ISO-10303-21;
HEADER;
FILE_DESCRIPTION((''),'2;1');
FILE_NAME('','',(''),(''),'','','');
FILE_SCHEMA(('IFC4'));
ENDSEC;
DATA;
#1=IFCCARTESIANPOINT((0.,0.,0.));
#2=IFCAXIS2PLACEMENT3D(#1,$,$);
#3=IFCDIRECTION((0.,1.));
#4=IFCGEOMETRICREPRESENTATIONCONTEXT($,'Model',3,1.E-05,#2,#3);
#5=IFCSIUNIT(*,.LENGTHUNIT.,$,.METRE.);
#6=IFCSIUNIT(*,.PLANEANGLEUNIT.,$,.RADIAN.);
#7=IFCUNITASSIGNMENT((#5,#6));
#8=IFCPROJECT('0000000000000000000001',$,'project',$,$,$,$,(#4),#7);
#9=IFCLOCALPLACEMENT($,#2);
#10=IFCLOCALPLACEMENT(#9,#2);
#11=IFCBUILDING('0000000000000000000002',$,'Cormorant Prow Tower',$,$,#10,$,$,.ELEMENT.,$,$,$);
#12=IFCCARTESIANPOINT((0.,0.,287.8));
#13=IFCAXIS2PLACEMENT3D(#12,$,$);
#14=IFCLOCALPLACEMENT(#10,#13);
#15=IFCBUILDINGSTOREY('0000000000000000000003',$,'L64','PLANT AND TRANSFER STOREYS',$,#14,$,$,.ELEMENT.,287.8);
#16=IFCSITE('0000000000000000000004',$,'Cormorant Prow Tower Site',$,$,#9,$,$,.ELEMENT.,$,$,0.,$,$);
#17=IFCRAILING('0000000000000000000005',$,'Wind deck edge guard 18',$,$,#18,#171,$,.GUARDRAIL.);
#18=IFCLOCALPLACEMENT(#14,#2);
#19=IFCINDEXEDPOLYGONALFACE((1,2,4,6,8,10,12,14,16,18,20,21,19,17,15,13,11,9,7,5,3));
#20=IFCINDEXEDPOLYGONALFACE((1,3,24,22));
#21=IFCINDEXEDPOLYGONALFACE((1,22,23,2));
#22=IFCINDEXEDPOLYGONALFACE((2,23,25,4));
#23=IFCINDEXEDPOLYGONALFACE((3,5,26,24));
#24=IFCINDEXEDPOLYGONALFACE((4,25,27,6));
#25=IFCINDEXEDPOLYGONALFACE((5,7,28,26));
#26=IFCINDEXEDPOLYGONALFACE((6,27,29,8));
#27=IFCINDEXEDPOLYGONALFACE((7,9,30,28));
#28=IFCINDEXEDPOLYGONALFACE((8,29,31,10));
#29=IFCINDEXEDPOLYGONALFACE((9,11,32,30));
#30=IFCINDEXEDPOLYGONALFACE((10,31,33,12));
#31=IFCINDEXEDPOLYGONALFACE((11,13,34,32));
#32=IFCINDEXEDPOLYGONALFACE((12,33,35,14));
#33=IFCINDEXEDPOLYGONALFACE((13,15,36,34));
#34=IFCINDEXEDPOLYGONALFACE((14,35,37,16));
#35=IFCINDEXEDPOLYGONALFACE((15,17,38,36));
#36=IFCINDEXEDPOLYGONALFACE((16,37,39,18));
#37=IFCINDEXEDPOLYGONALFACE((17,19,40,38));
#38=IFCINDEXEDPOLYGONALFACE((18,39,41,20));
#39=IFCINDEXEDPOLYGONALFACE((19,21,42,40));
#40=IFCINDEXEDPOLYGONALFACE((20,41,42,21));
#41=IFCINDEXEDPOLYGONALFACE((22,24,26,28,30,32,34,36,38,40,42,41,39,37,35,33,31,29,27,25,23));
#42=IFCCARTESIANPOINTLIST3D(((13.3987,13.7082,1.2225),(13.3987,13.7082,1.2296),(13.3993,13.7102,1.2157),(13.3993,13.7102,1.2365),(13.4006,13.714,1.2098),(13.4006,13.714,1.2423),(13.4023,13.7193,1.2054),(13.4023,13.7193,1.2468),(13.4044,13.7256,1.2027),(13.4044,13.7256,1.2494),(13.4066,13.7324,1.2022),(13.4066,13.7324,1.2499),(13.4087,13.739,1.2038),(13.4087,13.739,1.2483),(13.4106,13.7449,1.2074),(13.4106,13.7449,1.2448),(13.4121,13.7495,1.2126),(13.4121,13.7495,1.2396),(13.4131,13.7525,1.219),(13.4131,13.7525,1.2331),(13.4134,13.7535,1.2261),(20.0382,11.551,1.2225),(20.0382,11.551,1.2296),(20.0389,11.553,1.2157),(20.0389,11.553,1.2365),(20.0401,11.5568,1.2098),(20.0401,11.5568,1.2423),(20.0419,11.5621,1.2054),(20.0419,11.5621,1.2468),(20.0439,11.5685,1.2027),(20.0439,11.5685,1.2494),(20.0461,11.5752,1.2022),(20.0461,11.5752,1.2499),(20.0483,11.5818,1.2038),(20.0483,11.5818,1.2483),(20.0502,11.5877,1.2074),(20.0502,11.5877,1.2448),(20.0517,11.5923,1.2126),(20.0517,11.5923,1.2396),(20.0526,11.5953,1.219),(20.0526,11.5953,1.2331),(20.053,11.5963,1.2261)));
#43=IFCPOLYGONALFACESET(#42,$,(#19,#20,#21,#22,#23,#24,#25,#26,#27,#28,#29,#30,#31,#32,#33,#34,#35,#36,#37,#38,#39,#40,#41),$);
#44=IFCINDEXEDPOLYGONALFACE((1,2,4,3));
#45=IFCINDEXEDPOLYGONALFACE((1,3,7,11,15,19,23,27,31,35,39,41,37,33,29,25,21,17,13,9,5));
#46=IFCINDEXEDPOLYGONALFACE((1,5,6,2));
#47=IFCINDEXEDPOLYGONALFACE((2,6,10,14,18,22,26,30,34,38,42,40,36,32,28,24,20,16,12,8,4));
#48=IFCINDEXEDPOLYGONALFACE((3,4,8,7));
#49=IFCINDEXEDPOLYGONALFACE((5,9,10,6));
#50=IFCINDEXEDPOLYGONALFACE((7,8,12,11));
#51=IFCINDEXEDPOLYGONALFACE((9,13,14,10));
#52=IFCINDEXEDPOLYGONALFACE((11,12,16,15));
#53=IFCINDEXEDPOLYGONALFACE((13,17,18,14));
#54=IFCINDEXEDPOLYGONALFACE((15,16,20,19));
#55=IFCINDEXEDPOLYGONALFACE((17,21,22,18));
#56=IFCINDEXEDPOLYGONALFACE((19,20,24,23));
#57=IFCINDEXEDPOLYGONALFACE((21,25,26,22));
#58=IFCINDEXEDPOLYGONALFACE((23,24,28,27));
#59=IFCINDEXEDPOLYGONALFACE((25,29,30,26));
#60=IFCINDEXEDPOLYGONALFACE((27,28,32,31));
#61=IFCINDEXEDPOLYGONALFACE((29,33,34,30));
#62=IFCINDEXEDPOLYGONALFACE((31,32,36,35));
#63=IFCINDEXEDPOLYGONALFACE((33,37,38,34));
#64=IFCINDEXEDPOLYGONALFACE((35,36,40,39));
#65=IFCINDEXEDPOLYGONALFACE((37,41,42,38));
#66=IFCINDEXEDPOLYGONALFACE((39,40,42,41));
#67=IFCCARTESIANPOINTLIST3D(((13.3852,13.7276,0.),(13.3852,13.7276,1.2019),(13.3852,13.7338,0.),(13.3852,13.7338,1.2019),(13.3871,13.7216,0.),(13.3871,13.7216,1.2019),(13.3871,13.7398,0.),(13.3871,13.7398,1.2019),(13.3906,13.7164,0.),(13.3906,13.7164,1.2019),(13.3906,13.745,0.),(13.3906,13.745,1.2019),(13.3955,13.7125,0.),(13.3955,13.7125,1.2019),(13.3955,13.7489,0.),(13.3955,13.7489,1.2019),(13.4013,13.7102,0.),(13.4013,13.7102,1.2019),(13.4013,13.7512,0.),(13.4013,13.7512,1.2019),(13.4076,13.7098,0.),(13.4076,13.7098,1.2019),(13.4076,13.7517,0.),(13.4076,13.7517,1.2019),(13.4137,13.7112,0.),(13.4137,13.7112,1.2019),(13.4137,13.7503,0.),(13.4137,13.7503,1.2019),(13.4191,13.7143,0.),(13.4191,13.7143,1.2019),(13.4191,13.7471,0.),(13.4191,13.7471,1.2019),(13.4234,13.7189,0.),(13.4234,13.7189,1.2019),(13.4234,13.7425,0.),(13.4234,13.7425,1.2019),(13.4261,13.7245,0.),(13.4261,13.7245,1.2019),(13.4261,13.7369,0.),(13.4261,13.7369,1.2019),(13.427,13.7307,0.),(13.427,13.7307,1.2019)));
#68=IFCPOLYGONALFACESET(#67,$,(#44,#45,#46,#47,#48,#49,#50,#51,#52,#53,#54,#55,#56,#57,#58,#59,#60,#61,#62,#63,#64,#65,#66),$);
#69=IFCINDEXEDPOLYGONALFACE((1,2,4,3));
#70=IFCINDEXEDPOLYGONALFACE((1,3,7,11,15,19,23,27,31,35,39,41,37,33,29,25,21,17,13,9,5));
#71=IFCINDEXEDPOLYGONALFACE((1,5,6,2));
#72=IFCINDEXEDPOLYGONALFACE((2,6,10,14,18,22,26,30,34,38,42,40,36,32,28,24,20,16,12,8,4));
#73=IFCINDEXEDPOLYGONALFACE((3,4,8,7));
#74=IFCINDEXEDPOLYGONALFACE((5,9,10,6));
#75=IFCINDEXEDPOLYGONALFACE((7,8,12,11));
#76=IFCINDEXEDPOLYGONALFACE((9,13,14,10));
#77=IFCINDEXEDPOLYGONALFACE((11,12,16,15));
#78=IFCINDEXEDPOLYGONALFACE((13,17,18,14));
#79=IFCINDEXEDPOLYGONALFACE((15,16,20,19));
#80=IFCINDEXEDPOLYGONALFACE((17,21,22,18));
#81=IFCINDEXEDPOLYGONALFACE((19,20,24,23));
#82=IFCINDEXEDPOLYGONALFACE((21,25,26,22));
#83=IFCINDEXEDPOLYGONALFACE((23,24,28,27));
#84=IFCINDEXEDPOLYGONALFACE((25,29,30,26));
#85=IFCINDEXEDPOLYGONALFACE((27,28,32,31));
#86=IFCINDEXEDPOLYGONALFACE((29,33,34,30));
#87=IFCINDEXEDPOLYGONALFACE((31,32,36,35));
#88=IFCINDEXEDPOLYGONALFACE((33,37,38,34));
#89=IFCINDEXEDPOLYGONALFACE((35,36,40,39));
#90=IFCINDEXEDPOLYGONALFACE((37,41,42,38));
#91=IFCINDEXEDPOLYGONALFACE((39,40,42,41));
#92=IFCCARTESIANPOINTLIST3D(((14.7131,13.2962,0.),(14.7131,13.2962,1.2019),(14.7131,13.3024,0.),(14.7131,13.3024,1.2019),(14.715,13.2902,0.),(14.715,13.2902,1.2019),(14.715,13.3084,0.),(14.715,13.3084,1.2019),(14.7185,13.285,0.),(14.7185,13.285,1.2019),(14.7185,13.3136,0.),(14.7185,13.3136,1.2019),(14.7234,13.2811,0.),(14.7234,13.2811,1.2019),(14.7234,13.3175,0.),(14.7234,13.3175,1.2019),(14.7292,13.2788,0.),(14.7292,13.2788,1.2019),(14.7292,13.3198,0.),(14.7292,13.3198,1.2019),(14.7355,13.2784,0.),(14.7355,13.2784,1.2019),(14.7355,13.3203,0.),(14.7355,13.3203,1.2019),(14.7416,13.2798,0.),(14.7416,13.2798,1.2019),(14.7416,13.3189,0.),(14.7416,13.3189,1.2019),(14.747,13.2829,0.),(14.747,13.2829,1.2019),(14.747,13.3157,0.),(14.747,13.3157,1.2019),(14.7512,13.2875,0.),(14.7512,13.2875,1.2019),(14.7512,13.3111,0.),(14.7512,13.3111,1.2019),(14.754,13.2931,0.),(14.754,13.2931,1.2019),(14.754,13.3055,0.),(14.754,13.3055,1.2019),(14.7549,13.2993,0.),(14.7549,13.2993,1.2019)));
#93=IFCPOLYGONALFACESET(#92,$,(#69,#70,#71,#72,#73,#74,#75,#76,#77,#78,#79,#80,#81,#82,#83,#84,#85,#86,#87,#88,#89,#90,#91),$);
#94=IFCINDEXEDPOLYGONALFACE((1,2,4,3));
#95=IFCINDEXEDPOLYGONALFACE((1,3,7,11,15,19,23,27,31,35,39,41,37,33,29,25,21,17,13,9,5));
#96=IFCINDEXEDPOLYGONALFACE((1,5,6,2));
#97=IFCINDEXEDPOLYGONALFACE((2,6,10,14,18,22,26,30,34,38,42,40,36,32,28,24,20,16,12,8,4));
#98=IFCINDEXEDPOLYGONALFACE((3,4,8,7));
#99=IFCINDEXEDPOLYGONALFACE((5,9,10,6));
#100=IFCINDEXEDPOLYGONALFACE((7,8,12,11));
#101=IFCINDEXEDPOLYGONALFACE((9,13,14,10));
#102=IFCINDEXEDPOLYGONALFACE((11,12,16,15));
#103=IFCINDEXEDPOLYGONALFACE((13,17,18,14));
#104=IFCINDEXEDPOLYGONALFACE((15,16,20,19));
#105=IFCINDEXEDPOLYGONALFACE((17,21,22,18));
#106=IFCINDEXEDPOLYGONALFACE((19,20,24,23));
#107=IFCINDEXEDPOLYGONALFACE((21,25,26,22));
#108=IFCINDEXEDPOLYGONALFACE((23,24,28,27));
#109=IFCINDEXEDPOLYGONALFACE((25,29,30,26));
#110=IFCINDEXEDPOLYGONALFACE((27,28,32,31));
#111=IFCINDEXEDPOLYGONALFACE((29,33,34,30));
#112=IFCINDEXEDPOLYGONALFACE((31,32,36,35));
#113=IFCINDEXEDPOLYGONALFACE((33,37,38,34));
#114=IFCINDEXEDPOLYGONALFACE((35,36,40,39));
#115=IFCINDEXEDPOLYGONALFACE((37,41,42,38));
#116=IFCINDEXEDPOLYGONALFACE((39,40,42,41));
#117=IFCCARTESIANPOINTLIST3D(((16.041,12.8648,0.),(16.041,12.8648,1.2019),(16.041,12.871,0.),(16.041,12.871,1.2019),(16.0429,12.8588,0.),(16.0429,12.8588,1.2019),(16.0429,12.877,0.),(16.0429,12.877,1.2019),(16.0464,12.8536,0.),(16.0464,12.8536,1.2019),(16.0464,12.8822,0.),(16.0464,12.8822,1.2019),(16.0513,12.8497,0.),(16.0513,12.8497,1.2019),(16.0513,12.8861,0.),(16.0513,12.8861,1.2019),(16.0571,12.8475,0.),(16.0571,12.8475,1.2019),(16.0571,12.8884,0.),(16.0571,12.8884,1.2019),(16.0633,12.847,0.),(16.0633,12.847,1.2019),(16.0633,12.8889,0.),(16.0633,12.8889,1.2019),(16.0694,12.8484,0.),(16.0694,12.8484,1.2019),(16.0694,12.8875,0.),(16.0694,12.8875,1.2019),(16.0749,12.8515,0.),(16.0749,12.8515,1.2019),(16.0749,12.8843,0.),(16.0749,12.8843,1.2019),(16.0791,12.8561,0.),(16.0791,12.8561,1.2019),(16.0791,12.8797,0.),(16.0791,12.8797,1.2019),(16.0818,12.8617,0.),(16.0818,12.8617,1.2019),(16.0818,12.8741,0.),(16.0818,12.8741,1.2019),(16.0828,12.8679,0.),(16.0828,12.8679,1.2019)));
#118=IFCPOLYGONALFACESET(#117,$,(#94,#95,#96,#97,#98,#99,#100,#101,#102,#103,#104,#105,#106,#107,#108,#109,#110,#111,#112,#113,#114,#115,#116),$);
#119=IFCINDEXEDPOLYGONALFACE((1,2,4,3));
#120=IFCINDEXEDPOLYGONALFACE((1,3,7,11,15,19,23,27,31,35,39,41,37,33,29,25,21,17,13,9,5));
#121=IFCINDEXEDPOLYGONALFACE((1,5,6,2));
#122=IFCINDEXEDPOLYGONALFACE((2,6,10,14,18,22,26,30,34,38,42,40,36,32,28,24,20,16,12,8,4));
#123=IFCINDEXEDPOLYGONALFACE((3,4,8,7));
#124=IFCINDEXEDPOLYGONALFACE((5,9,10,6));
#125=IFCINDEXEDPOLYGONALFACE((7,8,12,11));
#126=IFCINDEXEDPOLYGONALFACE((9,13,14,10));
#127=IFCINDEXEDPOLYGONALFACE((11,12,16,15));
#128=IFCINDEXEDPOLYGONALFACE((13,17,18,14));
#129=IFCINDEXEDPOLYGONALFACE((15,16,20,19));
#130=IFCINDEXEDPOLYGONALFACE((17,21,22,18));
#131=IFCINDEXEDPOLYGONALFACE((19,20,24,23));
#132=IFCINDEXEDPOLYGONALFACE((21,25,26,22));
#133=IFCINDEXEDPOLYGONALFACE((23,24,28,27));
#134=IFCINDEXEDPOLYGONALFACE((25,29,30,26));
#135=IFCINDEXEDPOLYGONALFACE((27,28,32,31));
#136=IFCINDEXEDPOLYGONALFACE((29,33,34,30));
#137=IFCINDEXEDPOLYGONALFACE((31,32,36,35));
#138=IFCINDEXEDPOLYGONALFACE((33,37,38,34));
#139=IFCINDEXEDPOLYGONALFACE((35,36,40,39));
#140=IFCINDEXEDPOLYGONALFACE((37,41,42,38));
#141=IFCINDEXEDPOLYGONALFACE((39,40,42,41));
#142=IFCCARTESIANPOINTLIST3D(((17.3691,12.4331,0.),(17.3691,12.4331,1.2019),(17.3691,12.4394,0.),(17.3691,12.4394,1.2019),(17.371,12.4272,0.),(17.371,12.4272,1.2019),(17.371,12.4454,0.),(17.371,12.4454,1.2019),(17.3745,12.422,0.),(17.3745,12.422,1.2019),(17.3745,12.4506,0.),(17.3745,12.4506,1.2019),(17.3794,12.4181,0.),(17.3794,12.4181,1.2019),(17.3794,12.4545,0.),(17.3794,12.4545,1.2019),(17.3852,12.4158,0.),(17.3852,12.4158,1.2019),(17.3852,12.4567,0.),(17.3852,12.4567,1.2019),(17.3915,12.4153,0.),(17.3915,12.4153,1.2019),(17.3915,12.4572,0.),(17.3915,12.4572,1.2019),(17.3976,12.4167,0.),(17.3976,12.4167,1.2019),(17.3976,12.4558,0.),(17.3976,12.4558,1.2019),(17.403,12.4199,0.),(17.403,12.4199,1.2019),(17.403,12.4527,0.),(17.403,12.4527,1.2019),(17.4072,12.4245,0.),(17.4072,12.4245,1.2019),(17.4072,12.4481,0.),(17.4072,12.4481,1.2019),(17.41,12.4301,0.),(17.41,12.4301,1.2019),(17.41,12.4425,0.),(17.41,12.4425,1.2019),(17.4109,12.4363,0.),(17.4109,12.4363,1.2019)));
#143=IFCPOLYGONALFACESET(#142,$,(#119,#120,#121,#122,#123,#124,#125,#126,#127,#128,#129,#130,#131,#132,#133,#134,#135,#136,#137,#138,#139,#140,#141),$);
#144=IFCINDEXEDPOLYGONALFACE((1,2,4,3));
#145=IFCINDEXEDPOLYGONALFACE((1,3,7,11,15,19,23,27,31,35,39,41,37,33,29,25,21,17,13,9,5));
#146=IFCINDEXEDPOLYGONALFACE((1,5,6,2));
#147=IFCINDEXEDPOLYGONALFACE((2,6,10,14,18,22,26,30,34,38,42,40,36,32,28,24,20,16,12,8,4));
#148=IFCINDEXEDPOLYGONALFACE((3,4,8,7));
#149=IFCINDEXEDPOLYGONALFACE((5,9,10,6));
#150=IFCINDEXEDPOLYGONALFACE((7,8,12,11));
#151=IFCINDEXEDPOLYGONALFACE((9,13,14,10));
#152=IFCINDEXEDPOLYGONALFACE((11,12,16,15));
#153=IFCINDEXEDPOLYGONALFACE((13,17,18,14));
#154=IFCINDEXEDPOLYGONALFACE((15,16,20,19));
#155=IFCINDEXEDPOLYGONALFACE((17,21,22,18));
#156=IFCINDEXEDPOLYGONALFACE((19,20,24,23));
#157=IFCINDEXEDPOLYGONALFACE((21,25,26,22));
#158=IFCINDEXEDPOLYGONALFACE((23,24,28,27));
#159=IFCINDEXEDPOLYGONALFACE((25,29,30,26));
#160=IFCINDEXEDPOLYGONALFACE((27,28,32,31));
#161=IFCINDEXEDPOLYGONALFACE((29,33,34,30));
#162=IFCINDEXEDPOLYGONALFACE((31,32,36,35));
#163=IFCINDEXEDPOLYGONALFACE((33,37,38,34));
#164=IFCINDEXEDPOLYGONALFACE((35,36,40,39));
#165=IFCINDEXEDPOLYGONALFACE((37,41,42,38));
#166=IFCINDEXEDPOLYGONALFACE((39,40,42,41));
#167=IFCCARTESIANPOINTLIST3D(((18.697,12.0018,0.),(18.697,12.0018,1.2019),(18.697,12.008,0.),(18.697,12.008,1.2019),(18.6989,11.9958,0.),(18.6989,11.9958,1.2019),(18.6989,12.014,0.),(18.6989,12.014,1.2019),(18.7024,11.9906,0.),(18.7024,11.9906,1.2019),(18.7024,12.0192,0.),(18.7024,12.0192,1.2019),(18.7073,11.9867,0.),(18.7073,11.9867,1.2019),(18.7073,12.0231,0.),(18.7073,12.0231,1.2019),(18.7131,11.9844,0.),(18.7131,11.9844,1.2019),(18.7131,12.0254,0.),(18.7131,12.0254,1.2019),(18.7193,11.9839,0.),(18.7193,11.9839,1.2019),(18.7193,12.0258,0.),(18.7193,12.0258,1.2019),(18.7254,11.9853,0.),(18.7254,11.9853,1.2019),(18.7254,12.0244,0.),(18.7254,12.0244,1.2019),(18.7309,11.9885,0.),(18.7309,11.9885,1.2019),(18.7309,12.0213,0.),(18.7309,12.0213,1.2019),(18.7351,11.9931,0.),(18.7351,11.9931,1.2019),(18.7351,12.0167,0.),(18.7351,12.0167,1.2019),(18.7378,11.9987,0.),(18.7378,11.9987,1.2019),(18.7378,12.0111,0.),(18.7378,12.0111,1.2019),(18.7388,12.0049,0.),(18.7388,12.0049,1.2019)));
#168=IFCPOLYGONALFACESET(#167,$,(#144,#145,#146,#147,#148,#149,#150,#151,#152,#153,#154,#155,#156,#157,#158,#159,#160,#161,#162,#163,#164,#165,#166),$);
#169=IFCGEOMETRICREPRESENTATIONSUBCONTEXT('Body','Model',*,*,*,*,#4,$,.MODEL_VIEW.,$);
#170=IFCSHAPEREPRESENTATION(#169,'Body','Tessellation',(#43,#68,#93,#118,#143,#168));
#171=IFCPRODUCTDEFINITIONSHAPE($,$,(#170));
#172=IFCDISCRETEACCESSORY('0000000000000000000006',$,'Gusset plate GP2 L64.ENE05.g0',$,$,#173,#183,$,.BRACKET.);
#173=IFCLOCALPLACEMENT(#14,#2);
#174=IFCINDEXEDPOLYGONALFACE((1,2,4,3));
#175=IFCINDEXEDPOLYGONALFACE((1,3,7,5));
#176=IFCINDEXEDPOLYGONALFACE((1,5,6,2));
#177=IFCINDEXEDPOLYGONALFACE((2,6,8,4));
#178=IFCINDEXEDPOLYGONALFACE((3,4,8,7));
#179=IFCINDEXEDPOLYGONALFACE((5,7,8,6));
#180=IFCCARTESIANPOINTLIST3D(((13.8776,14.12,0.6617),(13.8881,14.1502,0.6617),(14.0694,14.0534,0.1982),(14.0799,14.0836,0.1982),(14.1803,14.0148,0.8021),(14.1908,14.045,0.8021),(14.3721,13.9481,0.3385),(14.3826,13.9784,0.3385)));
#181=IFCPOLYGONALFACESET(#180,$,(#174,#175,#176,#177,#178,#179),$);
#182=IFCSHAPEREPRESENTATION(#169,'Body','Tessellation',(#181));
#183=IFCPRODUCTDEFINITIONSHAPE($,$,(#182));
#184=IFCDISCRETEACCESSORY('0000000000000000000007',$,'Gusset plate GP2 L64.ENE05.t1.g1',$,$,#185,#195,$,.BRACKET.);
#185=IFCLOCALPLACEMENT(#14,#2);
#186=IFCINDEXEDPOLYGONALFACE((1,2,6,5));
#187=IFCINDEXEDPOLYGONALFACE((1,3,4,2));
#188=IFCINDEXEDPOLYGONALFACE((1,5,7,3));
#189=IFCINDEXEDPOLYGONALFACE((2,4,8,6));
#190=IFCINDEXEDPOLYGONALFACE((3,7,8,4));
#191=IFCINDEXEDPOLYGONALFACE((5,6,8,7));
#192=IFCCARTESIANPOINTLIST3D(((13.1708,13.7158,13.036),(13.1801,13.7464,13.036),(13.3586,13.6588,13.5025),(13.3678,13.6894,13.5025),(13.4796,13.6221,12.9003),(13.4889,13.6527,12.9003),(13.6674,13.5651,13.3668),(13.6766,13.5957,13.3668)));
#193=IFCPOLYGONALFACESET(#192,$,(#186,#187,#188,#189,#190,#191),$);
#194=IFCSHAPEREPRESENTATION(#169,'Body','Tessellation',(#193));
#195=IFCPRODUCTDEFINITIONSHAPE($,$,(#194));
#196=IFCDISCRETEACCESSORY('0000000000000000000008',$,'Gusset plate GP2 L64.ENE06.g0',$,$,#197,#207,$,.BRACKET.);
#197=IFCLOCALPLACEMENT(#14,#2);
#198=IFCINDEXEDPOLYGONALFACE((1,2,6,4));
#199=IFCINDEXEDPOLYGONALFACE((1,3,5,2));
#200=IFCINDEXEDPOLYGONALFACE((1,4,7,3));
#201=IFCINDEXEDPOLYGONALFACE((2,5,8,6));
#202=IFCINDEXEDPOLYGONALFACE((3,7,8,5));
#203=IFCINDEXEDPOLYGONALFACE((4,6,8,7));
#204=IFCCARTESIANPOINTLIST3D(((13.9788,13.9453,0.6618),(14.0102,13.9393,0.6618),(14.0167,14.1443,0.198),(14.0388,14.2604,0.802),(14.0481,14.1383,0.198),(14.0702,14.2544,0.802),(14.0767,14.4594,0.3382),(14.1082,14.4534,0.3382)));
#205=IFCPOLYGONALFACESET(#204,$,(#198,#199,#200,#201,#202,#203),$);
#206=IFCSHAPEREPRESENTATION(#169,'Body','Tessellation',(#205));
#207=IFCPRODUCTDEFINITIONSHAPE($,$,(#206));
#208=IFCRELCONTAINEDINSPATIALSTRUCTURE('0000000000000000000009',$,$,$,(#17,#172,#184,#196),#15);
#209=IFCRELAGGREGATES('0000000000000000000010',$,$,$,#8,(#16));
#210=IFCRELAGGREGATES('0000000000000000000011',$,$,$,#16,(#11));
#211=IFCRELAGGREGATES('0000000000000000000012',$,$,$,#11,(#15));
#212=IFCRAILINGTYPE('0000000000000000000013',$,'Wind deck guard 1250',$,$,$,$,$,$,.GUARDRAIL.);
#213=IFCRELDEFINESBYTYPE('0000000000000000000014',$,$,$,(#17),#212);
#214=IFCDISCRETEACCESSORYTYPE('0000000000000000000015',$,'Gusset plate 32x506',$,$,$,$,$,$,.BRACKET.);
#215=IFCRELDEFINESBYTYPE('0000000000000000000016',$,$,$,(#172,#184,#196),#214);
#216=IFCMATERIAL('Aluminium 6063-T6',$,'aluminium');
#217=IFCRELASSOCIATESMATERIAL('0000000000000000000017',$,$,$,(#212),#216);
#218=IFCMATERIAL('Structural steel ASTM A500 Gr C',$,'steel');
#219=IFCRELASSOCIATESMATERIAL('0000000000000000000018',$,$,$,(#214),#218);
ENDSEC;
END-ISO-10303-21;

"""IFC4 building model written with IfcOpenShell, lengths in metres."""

from ifc_helpers import new_model, si_unit, direction, frame, origin, origin_2d, place, context, subcontext, project, spatial, rectangle, circle, extrude, material, material_profile, profile_set, type_object, element, save


model = new_model("IFC4")

# Units and contexts
model_context = context("Model", 3, precision=1e-05, world=origin(), true_north=direction((0.0, 1.0)))
body_context = subcontext(model_context, "Body", "Model", "MODEL_VIEW")
ifc_project = project(units=[si_unit("LENGTHUNIT", "METRE"), si_unit("PLANEANGLEUNIT", "RADIAN")], contexts=[model_context])

# Site, building, storey
site_placement = place(None, origin())
site = spatial("IfcSite", under=ifc_project, at=site_placement, Name="Cormorant Prow Tower Site", CompositionType="ELEMENT", RefElevation=0.0)
building_placement = place(site_placement, origin())
building = spatial("IfcBuilding", under=site, at=building_placement, Name="Cormorant Prow Tower", CompositionType="ELEMENT")
storey_placement = place(building_placement, frame((0.0, 0.0, 287.8)))
storey = spatial("IfcBuildingStorey", under=building, at=storey_placement, Name="L64", Description="PLANT AND TRANSFER STOREYS", CompositionType="ELEMENT", Elevation=287.8)

# Railing
ifc_material_1 = material(Name="Aluminium 6063-T6", Category="aluminium")
railing_type = type_object("IfcRailingType", Name="Wind deck guard 1250", PredefinedType="GUARDRAIL", material=ifc_material_1)
railing_1_placement = place(storey_placement, frame((13.406, 13.7307, 0.0)))
element("IfcRailing", 1, at=railing_1_placement, inside=storey, type_object=railing_type, Name="Wind deck edge guard 18", PredefinedType="GUARDRAIL", context=body_context, shape_type="SweptSolid", body=[
    extrude(circle(Radius=0.0239, at=origin_2d()), frame((0.0, 0.0, 1.2261), z_axis=(0.951062, -0.309001, 0.0), x_axis=(0.309001, 0.951062, 0.0)), (0.0, 0.0, 1.0), 6.9812),
    extrude(circle(Radius=0.021, at=origin_2d()), origin(), (0.0, 0.0, 1.0), 1.2019),
    extrude(circle(Radius=0.021, at=origin_2d()), frame((1.3279, -0.4314, 0.0)), (0.0, 0.0, 1.0), 1.2019),
    extrude(circle(Radius=0.021, at=origin_2d()), frame((2.6558, -0.8628, 0.0)), (0.0, 0.0, 1.0), 1.2019),
    extrude(circle(Radius=0.021, at=origin_2d()), frame((3.9839, -1.2944, 0.0)), (0.0, 0.0, 1.0), 1.2019),
    extrude(circle(Radius=0.021, at=origin_2d()), frame((5.3118, -1.7258, 0.0)), (0.0, 0.0, 1.0), 1.2019),
])

# Discrete accessories
ifc_material_2 = material(Name="Structural steel ASTM A500 Gr C", Category="steel")
ifc_material_profile_1 = material_profile(ifc_material_2, rectangle(XDim=0.032, YDim=0.5061, at=origin_2d()), Name="Gusset plate 32x506")
ifc_profile_set_1 = profile_set([ifc_material_profile_1], Name="Structural steel ASTM A500 Gr C")
discrete_accessory_type_1 = type_object("IfcDiscreteAccessoryType", Name="Gusset plate 32x506", PredefinedType="BRACKET", material=ifc_profile_set_1)
discrete_accessory_1_placement = place(storey_placement, frame((14.2815, 13.9966, 0.5703), z_axis=(-0.865213, 0.300731, -0.401208), x_axis=(-0.328314, -0.944569, 0.0)))
element("IfcDiscreteAccessory", 2, at=discrete_accessory_1_placement, inside=storey, type_object=discrete_accessory_type_1, Name="Gusset plate GP2 L64.ENE05.g0", PredefinedType="BRACKET", context=body_context, shape_type="SweptSolid", body=[
    extrude(rectangle(XDim=0.032, YDim=0.5061, at=origin_2d()), origin(), (0.0, 0.0, 1.0), 0.3499),
])
for number, where, z_axis, x_axis, name in (
    (3, (13.5781, 13.6089, 13.1335), (-0.882049, 0.267752, 0.387683), (-0.290469, -0.956884, 0.0), "Gusset plate GP2 L64.ENE05.t1.g1"),
    (4, (14.0735, 14.3569, 0.5701), (-0.171535, -0.90021, -0.400248), (0.982325, -0.187182, 0.0), "Gusset plate GP2 L64.ENE06.g0"),
):
    element("IfcDiscreteAccessory", number, at=place(storey_placement, frame(where, z_axis=z_axis, x_axis=x_axis)), inside=storey, type_object=discrete_accessory_type_1, Name=name, PredefinedType="BRACKET", context=body_context, shape_type="SweptSolid", body=[
        extrude(rectangle(XDim=0.032, YDim=0.5061, at=origin_2d()), origin(), (0.0, 0.0, 1.0), 0.3501),
    ])

save(model, "model.ifc")
